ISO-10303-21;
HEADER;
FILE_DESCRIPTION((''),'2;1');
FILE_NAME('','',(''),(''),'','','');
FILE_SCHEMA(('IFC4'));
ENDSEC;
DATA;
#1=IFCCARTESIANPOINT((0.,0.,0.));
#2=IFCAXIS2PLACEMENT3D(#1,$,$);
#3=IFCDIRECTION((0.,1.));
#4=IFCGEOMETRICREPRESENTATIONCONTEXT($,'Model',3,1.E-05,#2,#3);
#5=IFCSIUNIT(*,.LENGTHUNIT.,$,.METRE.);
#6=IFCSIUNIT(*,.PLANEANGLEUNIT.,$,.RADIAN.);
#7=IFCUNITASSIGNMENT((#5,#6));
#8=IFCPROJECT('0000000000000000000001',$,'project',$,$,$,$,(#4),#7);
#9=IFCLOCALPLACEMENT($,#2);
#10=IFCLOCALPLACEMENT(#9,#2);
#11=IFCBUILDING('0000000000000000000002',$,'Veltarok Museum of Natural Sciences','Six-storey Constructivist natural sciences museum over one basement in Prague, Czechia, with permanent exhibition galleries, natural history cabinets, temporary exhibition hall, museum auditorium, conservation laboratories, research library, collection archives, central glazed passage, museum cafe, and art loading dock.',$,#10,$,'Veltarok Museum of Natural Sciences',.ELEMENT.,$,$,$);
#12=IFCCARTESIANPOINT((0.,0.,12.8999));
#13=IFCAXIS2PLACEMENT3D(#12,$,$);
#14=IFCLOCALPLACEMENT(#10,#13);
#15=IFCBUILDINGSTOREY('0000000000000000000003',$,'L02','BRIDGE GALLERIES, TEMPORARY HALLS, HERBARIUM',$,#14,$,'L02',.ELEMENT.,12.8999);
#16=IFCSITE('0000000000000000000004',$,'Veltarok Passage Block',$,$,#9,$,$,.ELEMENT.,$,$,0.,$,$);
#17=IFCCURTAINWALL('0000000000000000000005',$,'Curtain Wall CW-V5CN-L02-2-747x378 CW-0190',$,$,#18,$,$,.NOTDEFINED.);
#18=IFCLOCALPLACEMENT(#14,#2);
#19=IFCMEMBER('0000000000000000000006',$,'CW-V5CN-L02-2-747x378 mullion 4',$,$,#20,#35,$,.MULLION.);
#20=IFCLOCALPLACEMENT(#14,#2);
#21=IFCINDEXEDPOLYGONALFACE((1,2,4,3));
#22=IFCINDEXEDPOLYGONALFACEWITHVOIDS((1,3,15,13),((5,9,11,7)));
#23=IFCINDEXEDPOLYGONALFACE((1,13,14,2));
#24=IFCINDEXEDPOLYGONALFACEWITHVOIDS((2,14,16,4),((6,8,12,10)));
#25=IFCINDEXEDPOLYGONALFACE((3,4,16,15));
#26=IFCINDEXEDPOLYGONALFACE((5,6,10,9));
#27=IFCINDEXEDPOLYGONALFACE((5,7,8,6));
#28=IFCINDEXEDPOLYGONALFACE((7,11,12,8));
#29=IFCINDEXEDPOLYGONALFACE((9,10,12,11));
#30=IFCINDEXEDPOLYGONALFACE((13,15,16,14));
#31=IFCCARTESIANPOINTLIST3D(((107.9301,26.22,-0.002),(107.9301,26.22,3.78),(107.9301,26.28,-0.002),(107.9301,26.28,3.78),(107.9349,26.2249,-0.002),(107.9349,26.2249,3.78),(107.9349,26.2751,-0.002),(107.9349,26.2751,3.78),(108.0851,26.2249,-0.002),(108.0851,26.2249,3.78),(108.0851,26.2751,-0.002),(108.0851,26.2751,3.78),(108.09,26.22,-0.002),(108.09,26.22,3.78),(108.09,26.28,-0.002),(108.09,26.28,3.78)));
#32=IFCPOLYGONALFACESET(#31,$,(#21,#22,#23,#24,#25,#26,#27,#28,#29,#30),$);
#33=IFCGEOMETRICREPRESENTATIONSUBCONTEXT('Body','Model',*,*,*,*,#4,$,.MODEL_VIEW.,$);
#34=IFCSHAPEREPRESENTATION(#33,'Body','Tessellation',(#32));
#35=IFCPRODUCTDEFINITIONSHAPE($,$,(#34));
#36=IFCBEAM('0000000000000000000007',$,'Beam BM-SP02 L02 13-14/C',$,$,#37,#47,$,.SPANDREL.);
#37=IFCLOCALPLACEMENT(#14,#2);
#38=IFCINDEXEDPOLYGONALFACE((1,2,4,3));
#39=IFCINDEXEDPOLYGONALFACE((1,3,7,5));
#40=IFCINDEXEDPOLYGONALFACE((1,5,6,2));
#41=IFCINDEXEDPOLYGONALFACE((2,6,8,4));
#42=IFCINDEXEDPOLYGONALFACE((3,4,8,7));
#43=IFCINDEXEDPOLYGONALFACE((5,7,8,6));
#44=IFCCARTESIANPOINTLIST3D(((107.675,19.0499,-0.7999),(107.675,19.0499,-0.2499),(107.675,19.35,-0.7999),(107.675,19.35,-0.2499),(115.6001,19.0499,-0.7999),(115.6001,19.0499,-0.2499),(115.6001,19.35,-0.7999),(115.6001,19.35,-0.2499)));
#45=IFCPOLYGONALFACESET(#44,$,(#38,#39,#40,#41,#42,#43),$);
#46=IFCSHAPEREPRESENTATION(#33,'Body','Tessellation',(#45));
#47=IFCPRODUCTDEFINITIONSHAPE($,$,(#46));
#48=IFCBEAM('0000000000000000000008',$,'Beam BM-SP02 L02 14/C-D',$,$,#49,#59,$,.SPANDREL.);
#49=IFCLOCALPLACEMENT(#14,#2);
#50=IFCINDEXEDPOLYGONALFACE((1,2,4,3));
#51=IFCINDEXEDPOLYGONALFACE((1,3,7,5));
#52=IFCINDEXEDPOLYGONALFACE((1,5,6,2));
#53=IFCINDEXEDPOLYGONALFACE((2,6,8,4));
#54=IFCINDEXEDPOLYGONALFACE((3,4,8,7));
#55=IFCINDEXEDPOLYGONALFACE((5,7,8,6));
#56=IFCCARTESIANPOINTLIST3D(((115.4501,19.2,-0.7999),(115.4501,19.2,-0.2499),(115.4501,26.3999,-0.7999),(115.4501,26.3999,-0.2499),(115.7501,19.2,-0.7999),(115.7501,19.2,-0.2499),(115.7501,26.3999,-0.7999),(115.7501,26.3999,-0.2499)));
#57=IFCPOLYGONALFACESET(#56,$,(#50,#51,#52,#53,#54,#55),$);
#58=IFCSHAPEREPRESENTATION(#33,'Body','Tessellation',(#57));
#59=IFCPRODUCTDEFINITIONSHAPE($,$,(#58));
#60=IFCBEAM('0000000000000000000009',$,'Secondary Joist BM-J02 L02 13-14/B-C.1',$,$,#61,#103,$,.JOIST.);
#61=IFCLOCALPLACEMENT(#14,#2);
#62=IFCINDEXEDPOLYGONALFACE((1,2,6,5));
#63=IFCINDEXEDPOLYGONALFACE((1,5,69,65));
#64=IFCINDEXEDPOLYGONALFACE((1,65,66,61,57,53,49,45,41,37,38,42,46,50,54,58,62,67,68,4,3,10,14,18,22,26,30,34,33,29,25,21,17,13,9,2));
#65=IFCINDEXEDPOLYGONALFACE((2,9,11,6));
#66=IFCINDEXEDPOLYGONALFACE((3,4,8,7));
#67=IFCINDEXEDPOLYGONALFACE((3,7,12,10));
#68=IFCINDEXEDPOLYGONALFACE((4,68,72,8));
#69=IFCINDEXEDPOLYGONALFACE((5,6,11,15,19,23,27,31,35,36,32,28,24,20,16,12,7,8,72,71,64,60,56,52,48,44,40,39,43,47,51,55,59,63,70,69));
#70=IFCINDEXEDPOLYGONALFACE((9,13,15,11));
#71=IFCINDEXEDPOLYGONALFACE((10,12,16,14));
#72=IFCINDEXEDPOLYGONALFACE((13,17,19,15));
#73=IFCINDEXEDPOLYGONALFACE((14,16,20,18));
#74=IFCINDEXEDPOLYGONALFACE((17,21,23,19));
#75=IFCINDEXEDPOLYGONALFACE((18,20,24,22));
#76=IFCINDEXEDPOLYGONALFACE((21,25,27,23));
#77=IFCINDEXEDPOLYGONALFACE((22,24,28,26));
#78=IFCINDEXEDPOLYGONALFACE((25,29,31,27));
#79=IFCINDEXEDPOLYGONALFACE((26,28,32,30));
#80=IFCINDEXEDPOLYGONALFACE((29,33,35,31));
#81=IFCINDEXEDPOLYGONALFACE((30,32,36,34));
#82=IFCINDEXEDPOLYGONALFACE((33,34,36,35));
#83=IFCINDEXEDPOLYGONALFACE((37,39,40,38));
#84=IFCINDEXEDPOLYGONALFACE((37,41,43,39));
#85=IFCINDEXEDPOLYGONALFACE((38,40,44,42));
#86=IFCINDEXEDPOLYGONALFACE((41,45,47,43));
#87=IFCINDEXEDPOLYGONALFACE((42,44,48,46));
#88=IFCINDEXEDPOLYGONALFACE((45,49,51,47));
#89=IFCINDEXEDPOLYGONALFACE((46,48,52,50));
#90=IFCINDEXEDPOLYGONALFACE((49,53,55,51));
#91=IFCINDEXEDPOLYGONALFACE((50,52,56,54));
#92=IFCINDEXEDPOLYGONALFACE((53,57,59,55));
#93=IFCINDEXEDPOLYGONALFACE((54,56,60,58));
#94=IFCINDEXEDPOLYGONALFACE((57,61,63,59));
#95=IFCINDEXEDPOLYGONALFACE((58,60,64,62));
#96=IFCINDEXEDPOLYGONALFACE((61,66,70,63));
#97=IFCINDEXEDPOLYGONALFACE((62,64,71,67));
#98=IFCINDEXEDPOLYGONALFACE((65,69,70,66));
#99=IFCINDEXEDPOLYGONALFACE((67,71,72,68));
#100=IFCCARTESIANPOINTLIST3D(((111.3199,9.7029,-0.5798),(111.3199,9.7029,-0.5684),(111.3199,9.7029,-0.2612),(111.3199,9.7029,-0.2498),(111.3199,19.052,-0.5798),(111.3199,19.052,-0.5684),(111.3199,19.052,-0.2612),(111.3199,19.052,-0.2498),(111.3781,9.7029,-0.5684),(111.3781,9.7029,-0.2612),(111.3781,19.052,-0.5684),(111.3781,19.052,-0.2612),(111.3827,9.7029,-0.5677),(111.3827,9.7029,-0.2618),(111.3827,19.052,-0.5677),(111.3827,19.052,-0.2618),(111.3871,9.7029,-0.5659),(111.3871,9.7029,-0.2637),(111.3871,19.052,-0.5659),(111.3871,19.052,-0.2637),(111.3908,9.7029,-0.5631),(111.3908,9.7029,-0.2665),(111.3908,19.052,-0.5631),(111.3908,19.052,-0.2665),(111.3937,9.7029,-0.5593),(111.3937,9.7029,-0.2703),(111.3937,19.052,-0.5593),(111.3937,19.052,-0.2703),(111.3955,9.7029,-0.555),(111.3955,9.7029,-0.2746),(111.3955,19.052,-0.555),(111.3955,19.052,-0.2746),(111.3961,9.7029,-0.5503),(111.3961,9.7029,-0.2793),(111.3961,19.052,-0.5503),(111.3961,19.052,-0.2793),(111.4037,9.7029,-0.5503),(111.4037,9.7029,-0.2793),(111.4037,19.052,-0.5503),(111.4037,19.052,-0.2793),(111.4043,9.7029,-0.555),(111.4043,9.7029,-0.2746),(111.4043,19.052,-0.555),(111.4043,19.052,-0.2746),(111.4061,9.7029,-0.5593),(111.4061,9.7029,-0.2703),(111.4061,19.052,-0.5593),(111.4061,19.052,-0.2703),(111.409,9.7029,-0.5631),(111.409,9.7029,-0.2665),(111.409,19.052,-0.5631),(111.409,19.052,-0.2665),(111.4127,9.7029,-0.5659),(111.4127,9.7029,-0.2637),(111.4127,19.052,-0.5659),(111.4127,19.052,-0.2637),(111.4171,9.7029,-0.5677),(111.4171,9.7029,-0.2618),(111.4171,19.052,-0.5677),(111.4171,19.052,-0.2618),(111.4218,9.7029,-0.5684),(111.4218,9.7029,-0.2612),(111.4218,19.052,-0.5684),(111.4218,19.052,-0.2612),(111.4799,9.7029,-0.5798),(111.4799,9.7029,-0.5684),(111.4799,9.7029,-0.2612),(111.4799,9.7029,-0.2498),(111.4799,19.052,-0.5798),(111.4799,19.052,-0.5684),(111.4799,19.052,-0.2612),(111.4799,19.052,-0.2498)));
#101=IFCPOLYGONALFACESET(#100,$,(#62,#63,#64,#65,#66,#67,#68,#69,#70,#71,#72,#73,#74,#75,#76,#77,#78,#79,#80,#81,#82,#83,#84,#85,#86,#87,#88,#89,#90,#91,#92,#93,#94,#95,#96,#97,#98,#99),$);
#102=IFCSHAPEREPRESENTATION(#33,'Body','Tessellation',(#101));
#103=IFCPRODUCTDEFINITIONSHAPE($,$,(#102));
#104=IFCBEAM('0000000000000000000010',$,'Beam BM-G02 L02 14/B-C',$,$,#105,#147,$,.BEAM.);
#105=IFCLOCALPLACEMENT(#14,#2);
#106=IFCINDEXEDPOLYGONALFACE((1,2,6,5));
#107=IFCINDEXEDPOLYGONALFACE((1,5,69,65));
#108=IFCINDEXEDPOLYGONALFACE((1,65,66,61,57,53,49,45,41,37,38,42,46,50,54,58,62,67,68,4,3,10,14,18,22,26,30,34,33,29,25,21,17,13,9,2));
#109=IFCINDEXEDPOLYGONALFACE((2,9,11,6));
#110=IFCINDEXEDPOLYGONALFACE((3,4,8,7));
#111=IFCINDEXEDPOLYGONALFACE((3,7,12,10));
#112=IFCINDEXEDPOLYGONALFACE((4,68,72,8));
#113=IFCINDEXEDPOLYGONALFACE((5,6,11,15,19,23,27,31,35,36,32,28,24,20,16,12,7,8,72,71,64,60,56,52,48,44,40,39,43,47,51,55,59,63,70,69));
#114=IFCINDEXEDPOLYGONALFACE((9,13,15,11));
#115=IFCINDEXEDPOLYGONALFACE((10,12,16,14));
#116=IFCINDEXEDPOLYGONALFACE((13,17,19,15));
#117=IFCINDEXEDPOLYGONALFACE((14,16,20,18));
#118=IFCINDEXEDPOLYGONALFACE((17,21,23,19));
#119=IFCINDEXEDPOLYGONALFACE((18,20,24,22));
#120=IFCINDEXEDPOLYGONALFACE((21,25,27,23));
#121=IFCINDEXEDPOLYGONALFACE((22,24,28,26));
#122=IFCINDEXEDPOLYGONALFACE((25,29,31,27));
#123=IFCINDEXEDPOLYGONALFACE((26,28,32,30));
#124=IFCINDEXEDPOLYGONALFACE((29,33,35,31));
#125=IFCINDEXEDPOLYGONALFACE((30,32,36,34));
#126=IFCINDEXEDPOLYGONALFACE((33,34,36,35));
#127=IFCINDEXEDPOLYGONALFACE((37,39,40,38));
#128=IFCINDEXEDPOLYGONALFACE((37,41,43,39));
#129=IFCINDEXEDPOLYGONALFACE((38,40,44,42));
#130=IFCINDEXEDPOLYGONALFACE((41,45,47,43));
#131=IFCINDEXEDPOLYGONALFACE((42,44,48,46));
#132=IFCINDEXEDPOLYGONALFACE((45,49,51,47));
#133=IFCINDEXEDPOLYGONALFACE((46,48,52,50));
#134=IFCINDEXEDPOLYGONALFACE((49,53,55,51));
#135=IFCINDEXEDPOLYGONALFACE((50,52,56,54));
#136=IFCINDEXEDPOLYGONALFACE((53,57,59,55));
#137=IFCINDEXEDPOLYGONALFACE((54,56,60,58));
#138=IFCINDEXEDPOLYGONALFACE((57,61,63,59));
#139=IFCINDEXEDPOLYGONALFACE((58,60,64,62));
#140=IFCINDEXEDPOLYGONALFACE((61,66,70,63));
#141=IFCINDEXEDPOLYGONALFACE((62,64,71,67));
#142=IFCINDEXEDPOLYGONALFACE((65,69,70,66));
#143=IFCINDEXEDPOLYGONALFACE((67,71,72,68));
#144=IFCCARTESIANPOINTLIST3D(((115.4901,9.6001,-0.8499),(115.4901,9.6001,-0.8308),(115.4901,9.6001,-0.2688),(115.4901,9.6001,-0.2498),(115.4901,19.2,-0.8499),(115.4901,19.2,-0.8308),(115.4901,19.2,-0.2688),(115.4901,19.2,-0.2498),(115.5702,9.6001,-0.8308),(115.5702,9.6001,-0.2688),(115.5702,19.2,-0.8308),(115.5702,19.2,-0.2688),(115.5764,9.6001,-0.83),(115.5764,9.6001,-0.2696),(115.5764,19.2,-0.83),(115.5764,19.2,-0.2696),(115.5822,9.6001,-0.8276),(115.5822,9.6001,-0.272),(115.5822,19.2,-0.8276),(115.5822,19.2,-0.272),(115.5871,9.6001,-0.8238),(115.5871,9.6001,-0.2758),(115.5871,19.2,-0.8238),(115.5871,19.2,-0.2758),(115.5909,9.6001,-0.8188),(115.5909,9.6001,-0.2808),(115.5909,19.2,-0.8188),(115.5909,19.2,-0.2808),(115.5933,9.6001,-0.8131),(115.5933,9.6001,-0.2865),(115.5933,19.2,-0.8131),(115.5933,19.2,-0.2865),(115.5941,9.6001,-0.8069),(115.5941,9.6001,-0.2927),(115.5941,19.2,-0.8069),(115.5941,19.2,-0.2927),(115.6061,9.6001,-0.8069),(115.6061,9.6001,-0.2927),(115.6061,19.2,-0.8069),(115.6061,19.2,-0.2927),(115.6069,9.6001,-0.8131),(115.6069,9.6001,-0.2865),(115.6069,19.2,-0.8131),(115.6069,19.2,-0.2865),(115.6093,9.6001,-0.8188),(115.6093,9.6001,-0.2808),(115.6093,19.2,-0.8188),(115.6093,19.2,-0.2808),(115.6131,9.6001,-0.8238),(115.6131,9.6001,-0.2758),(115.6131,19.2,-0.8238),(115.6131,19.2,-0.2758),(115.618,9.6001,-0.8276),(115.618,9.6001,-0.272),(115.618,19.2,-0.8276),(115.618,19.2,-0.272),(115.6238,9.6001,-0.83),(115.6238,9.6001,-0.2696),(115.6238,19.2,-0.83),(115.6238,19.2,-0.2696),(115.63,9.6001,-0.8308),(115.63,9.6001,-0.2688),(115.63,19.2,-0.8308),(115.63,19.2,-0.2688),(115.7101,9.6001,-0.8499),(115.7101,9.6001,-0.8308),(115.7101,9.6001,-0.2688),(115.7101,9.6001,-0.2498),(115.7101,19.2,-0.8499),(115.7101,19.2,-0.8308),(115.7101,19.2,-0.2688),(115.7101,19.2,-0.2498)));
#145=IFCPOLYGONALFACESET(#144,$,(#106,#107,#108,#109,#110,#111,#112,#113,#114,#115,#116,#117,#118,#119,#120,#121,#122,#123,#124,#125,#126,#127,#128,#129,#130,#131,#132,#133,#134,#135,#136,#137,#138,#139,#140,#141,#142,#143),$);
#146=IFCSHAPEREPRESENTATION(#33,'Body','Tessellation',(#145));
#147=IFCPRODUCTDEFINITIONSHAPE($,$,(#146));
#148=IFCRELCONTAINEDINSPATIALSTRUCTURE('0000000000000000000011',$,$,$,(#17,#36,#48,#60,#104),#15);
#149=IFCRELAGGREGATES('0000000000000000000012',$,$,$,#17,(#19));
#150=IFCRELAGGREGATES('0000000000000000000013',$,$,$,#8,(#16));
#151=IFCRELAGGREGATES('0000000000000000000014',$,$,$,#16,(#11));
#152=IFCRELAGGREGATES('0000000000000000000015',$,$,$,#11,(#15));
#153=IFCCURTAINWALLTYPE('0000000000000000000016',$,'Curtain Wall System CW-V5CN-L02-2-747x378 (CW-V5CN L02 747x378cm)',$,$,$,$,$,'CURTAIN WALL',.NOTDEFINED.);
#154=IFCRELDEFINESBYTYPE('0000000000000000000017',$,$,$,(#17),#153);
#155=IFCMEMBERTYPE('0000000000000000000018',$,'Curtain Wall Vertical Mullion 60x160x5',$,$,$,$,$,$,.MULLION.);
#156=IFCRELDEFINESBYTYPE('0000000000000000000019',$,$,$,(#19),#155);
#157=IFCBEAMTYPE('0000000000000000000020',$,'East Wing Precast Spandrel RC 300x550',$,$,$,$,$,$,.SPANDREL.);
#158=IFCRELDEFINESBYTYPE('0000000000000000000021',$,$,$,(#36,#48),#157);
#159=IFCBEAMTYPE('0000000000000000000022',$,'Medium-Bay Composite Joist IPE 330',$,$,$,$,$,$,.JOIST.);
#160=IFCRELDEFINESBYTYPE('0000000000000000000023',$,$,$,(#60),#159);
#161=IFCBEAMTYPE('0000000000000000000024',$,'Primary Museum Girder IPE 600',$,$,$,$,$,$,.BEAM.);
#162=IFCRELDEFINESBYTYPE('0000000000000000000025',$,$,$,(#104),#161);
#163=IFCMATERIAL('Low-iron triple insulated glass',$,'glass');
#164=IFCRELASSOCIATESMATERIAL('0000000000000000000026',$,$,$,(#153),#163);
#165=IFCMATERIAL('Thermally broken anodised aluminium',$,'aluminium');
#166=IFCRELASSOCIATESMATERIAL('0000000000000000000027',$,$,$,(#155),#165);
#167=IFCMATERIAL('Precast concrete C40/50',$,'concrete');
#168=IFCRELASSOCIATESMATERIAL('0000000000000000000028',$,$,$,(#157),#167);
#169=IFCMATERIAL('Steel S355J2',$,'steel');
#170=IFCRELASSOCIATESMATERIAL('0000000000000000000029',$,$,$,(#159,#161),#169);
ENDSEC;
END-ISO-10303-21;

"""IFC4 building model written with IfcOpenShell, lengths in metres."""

from ifc_helpers import new_model, si_unit, direction, frame, origin, origin_2d, place, context, subcontext, project, spatial, rectangle, hollow_rectangle, i_section, extrude, material, material_profile, profile_set, type_object, element, aggregate, save


model = new_model("IFC4")

# Units and contexts
model_context = context("Model", 3, precision=1e-05, world=origin(), true_north=direction((0.0, 1.0)))
body_context = subcontext(model_context, "Body", "Model", "MODEL_VIEW")
ifc_project = project(units=[si_unit("LENGTHUNIT", "METRE"), si_unit("PLANEANGLEUNIT", "RADIAN")], contexts=[model_context])

# Site, building, storey
site_placement = place(None, origin())
site = spatial("IfcSite", under=ifc_project, at=site_placement, Name="Veltarok Passage Block", CompositionType="ELEMENT", RefElevation=0.0)
building_placement = place(site_placement, origin())
building = spatial("IfcBuilding", under=site, at=building_placement, Name="Veltarok Museum of Natural Sciences", Description="Six-storey Constructivist natural sciences museum over one basement in Prague, Czechia, with permanent exhibition galleries, natural history cabinets, temporary exhibition hall, museum auditorium, conservation laboratories, research library, collection archives, central glazed passage, museum cafe, and art loading dock.", LongName="Veltarok Museum of Natural Sciences", CompositionType="ELEMENT")
storey_placement = place(building_placement, frame((0.0, 0.0, 12.8999)))
storey = spatial("IfcBuildingStorey", under=building, at=storey_placement, Name="L02", Description="BRIDGE GALLERIES, TEMPORARY HALLS, HERBARIUM", LongName="L02", CompositionType="ELEMENT", Elevation=12.8999)

# Shared definitions
ifc_material_1 = material(Name="Steel S355J2", Category="steel")

# Curtain wall, member
ifc_material_2 = material(Name="Low-iron triple insulated glass", Category="glass")
curtain_wall_type = type_object("IfcCurtainWallType", Name="Curtain Wall System CW-V5CN-L02-2-747x378 (CW-V5CN L02 747x378cm)", ElementType="CURTAIN WALL", PredefinedType="NOTDEFINED", material=ifc_material_2)
curtain_wall_placement = place(storey_placement, origin())
curtain_wall = element("IfcCurtainWall", 1, at=curtain_wall_placement, inside=storey, type_object=curtain_wall_type, Name="Curtain Wall CW-V5CN-L02-2-747x378 CW-0190", PredefinedType="NOTDEFINED")
ifc_material_3 = material(Name="Thermally broken anodised aluminium", Category="aluminium")
ifc_material_profile_1 = material_profile(ifc_material_3, hollow_rectangle(XDim=0.0601, YDim=0.1599, WallThickness=0.0049, at=origin_2d()), Name="CW MULLION 60x160x5")
ifc_profile_set_1 = profile_set([ifc_material_profile_1], Name="Thermally broken anodised aluminium")
member_type_1 = type_object("IfcMemberType", Name="Curtain Wall Vertical Mullion 60x160x5", PredefinedType="MULLION", material=ifc_profile_set_1)
member_1_placement = place(storey_placement, frame((108.01, 26.25, -0.002), z_axis=(0.0, 0.0, 1.0), x_axis=(0.0, -1.0, 0.0)))
member_1 = element("IfcMember", 2, at=member_1_placement, type_object=member_type_1, Name="CW-V5CN-L02-2-747x378 mullion 4", PredefinedType="MULLION", context=body_context, shape_type="SweptSolid", body=[
    extrude(hollow_rectangle(XDim=0.0601, YDim=0.1599, WallThickness=0.0049, at=origin_2d()), origin(), (0.0, 0.0, 1.0), 3.782),
])

# Beams
ifc_material_4 = material(Name="Precast concrete C40/50", Category="concrete")
ifc_material_profile_2 = material_profile(ifc_material_4, rectangle(XDim=0.3, YDim=0.55, at=origin_2d()), Name="RC 300x550")
ifc_profile_set_2 = profile_set([ifc_material_profile_2], Name="Precast concrete C40/50")
beam_type_1 = type_object("IfcBeamType", Name="East Wing Precast Spandrel RC 300x550", PredefinedType="SPANDREL", material=ifc_profile_set_2)
beam_1_placement = place(storey_placement, frame((107.675, 19.2, -0.5249), z_axis=(1.0, 0.0, 0.0), x_axis=(0.0, 1.0, 0.0)))
element("IfcBeam", 3, at=beam_1_placement, inside=storey, type_object=beam_type_1, Name="Beam BM-SP02 L02 13-14/C", PredefinedType="SPANDREL", context=body_context, shape_type="SweptSolid", body=[
    extrude(rectangle(XDim=0.3, YDim=0.55, at=origin_2d()), origin(), (0.0, 0.0, 1.0), 7.925),
])
beam_2_placement = place(storey_placement, frame((115.6001, 19.2, -0.5249), z_axis=(0.0, 1.0, 0.0), x_axis=(-1.0, 0.0, 0.0)))
element("IfcBeam", 4, at=beam_2_placement, inside=storey, type_object=beam_type_1, Name="Beam BM-SP02 L02 14/C-D", PredefinedType="SPANDREL", context=body_context, shape_type="SweptSolid", body=[
    extrude(rectangle(XDim=0.3, YDim=0.55, at=origin_2d()), origin(), (0.0, 0.0, 1.0), 7.2),
])
ifc_material_profile_3 = material_profile(ifc_material_1, i_section(OverallWidth=0.1599, OverallDepth=0.3301, WebThickness=0.0076, FlangeThickness=0.0115, FilletRadius=0.0181, at=origin_2d()), Name="IPE 330")
ifc_profile_set_3 = profile_set([ifc_material_profile_3], Name="Steel S355J2")
beam_type_2 = type_object("IfcBeamType", Name="Medium-Bay Composite Joist IPE 330", PredefinedType="JOIST", material=ifc_profile_set_3)
beam_3_placement = place(storey_placement, frame((111.3999, 9.7029, -0.4148), z_axis=(0.0, 1.0, 0.0), x_axis=(-1.0, 0.0, 0.0)))
element("IfcBeam", 5, at=beam_3_placement, inside=storey, type_object=beam_type_2, Name="Secondary Joist BM-J02 L02 13-14/B-C.1", PredefinedType="JOIST", context=body_context, shape_type="SweptSolid", body=[
    extrude(i_section(OverallWidth=0.1599, OverallDepth=0.3301, WebThickness=0.0076, FlangeThickness=0.0115, FilletRadius=0.0181, at=origin_2d()), origin(), (0.0, 0.0, 1.0), 9.3491),
])
ifc_material_profile_4 = material_profile(ifc_material_1, i_section(OverallWidth=0.22, OverallDepth=0.6001, WebThickness=0.012, FlangeThickness=0.019, FilletRadius=0.0239, at=origin_2d()), Name="IPE 600")
ifc_profile_set_4 = profile_set([ifc_material_profile_4], Name="Steel S355J2")
beam_type_3 = type_object("IfcBeamType", Name="Primary Museum Girder IPE 600", PredefinedType="BEAM", material=ifc_profile_set_4)
beam_4_placement = place(storey_placement, frame((115.6001, 9.6001, -0.5498), z_axis=(0.0, 1.0, 0.0), x_axis=(-1.0, 0.0, 0.0)))
element("IfcBeam", 6, at=beam_4_placement, inside=storey, type_object=beam_type_3, Name="Beam BM-G02 L02 14/B-C", PredefinedType="BEAM", context=body_context, shape_type="SweptSolid", body=[
    extrude(i_section(OverallWidth=0.22, OverallDepth=0.6001, WebThickness=0.012, FlangeThickness=0.019, FilletRadius=0.0239, at=origin_2d()), origin(), (0.0, 0.0, 1.0), 9.5999),
])

aggregate(curtain_wall, [member_1])

save(model, "model.ifc")
